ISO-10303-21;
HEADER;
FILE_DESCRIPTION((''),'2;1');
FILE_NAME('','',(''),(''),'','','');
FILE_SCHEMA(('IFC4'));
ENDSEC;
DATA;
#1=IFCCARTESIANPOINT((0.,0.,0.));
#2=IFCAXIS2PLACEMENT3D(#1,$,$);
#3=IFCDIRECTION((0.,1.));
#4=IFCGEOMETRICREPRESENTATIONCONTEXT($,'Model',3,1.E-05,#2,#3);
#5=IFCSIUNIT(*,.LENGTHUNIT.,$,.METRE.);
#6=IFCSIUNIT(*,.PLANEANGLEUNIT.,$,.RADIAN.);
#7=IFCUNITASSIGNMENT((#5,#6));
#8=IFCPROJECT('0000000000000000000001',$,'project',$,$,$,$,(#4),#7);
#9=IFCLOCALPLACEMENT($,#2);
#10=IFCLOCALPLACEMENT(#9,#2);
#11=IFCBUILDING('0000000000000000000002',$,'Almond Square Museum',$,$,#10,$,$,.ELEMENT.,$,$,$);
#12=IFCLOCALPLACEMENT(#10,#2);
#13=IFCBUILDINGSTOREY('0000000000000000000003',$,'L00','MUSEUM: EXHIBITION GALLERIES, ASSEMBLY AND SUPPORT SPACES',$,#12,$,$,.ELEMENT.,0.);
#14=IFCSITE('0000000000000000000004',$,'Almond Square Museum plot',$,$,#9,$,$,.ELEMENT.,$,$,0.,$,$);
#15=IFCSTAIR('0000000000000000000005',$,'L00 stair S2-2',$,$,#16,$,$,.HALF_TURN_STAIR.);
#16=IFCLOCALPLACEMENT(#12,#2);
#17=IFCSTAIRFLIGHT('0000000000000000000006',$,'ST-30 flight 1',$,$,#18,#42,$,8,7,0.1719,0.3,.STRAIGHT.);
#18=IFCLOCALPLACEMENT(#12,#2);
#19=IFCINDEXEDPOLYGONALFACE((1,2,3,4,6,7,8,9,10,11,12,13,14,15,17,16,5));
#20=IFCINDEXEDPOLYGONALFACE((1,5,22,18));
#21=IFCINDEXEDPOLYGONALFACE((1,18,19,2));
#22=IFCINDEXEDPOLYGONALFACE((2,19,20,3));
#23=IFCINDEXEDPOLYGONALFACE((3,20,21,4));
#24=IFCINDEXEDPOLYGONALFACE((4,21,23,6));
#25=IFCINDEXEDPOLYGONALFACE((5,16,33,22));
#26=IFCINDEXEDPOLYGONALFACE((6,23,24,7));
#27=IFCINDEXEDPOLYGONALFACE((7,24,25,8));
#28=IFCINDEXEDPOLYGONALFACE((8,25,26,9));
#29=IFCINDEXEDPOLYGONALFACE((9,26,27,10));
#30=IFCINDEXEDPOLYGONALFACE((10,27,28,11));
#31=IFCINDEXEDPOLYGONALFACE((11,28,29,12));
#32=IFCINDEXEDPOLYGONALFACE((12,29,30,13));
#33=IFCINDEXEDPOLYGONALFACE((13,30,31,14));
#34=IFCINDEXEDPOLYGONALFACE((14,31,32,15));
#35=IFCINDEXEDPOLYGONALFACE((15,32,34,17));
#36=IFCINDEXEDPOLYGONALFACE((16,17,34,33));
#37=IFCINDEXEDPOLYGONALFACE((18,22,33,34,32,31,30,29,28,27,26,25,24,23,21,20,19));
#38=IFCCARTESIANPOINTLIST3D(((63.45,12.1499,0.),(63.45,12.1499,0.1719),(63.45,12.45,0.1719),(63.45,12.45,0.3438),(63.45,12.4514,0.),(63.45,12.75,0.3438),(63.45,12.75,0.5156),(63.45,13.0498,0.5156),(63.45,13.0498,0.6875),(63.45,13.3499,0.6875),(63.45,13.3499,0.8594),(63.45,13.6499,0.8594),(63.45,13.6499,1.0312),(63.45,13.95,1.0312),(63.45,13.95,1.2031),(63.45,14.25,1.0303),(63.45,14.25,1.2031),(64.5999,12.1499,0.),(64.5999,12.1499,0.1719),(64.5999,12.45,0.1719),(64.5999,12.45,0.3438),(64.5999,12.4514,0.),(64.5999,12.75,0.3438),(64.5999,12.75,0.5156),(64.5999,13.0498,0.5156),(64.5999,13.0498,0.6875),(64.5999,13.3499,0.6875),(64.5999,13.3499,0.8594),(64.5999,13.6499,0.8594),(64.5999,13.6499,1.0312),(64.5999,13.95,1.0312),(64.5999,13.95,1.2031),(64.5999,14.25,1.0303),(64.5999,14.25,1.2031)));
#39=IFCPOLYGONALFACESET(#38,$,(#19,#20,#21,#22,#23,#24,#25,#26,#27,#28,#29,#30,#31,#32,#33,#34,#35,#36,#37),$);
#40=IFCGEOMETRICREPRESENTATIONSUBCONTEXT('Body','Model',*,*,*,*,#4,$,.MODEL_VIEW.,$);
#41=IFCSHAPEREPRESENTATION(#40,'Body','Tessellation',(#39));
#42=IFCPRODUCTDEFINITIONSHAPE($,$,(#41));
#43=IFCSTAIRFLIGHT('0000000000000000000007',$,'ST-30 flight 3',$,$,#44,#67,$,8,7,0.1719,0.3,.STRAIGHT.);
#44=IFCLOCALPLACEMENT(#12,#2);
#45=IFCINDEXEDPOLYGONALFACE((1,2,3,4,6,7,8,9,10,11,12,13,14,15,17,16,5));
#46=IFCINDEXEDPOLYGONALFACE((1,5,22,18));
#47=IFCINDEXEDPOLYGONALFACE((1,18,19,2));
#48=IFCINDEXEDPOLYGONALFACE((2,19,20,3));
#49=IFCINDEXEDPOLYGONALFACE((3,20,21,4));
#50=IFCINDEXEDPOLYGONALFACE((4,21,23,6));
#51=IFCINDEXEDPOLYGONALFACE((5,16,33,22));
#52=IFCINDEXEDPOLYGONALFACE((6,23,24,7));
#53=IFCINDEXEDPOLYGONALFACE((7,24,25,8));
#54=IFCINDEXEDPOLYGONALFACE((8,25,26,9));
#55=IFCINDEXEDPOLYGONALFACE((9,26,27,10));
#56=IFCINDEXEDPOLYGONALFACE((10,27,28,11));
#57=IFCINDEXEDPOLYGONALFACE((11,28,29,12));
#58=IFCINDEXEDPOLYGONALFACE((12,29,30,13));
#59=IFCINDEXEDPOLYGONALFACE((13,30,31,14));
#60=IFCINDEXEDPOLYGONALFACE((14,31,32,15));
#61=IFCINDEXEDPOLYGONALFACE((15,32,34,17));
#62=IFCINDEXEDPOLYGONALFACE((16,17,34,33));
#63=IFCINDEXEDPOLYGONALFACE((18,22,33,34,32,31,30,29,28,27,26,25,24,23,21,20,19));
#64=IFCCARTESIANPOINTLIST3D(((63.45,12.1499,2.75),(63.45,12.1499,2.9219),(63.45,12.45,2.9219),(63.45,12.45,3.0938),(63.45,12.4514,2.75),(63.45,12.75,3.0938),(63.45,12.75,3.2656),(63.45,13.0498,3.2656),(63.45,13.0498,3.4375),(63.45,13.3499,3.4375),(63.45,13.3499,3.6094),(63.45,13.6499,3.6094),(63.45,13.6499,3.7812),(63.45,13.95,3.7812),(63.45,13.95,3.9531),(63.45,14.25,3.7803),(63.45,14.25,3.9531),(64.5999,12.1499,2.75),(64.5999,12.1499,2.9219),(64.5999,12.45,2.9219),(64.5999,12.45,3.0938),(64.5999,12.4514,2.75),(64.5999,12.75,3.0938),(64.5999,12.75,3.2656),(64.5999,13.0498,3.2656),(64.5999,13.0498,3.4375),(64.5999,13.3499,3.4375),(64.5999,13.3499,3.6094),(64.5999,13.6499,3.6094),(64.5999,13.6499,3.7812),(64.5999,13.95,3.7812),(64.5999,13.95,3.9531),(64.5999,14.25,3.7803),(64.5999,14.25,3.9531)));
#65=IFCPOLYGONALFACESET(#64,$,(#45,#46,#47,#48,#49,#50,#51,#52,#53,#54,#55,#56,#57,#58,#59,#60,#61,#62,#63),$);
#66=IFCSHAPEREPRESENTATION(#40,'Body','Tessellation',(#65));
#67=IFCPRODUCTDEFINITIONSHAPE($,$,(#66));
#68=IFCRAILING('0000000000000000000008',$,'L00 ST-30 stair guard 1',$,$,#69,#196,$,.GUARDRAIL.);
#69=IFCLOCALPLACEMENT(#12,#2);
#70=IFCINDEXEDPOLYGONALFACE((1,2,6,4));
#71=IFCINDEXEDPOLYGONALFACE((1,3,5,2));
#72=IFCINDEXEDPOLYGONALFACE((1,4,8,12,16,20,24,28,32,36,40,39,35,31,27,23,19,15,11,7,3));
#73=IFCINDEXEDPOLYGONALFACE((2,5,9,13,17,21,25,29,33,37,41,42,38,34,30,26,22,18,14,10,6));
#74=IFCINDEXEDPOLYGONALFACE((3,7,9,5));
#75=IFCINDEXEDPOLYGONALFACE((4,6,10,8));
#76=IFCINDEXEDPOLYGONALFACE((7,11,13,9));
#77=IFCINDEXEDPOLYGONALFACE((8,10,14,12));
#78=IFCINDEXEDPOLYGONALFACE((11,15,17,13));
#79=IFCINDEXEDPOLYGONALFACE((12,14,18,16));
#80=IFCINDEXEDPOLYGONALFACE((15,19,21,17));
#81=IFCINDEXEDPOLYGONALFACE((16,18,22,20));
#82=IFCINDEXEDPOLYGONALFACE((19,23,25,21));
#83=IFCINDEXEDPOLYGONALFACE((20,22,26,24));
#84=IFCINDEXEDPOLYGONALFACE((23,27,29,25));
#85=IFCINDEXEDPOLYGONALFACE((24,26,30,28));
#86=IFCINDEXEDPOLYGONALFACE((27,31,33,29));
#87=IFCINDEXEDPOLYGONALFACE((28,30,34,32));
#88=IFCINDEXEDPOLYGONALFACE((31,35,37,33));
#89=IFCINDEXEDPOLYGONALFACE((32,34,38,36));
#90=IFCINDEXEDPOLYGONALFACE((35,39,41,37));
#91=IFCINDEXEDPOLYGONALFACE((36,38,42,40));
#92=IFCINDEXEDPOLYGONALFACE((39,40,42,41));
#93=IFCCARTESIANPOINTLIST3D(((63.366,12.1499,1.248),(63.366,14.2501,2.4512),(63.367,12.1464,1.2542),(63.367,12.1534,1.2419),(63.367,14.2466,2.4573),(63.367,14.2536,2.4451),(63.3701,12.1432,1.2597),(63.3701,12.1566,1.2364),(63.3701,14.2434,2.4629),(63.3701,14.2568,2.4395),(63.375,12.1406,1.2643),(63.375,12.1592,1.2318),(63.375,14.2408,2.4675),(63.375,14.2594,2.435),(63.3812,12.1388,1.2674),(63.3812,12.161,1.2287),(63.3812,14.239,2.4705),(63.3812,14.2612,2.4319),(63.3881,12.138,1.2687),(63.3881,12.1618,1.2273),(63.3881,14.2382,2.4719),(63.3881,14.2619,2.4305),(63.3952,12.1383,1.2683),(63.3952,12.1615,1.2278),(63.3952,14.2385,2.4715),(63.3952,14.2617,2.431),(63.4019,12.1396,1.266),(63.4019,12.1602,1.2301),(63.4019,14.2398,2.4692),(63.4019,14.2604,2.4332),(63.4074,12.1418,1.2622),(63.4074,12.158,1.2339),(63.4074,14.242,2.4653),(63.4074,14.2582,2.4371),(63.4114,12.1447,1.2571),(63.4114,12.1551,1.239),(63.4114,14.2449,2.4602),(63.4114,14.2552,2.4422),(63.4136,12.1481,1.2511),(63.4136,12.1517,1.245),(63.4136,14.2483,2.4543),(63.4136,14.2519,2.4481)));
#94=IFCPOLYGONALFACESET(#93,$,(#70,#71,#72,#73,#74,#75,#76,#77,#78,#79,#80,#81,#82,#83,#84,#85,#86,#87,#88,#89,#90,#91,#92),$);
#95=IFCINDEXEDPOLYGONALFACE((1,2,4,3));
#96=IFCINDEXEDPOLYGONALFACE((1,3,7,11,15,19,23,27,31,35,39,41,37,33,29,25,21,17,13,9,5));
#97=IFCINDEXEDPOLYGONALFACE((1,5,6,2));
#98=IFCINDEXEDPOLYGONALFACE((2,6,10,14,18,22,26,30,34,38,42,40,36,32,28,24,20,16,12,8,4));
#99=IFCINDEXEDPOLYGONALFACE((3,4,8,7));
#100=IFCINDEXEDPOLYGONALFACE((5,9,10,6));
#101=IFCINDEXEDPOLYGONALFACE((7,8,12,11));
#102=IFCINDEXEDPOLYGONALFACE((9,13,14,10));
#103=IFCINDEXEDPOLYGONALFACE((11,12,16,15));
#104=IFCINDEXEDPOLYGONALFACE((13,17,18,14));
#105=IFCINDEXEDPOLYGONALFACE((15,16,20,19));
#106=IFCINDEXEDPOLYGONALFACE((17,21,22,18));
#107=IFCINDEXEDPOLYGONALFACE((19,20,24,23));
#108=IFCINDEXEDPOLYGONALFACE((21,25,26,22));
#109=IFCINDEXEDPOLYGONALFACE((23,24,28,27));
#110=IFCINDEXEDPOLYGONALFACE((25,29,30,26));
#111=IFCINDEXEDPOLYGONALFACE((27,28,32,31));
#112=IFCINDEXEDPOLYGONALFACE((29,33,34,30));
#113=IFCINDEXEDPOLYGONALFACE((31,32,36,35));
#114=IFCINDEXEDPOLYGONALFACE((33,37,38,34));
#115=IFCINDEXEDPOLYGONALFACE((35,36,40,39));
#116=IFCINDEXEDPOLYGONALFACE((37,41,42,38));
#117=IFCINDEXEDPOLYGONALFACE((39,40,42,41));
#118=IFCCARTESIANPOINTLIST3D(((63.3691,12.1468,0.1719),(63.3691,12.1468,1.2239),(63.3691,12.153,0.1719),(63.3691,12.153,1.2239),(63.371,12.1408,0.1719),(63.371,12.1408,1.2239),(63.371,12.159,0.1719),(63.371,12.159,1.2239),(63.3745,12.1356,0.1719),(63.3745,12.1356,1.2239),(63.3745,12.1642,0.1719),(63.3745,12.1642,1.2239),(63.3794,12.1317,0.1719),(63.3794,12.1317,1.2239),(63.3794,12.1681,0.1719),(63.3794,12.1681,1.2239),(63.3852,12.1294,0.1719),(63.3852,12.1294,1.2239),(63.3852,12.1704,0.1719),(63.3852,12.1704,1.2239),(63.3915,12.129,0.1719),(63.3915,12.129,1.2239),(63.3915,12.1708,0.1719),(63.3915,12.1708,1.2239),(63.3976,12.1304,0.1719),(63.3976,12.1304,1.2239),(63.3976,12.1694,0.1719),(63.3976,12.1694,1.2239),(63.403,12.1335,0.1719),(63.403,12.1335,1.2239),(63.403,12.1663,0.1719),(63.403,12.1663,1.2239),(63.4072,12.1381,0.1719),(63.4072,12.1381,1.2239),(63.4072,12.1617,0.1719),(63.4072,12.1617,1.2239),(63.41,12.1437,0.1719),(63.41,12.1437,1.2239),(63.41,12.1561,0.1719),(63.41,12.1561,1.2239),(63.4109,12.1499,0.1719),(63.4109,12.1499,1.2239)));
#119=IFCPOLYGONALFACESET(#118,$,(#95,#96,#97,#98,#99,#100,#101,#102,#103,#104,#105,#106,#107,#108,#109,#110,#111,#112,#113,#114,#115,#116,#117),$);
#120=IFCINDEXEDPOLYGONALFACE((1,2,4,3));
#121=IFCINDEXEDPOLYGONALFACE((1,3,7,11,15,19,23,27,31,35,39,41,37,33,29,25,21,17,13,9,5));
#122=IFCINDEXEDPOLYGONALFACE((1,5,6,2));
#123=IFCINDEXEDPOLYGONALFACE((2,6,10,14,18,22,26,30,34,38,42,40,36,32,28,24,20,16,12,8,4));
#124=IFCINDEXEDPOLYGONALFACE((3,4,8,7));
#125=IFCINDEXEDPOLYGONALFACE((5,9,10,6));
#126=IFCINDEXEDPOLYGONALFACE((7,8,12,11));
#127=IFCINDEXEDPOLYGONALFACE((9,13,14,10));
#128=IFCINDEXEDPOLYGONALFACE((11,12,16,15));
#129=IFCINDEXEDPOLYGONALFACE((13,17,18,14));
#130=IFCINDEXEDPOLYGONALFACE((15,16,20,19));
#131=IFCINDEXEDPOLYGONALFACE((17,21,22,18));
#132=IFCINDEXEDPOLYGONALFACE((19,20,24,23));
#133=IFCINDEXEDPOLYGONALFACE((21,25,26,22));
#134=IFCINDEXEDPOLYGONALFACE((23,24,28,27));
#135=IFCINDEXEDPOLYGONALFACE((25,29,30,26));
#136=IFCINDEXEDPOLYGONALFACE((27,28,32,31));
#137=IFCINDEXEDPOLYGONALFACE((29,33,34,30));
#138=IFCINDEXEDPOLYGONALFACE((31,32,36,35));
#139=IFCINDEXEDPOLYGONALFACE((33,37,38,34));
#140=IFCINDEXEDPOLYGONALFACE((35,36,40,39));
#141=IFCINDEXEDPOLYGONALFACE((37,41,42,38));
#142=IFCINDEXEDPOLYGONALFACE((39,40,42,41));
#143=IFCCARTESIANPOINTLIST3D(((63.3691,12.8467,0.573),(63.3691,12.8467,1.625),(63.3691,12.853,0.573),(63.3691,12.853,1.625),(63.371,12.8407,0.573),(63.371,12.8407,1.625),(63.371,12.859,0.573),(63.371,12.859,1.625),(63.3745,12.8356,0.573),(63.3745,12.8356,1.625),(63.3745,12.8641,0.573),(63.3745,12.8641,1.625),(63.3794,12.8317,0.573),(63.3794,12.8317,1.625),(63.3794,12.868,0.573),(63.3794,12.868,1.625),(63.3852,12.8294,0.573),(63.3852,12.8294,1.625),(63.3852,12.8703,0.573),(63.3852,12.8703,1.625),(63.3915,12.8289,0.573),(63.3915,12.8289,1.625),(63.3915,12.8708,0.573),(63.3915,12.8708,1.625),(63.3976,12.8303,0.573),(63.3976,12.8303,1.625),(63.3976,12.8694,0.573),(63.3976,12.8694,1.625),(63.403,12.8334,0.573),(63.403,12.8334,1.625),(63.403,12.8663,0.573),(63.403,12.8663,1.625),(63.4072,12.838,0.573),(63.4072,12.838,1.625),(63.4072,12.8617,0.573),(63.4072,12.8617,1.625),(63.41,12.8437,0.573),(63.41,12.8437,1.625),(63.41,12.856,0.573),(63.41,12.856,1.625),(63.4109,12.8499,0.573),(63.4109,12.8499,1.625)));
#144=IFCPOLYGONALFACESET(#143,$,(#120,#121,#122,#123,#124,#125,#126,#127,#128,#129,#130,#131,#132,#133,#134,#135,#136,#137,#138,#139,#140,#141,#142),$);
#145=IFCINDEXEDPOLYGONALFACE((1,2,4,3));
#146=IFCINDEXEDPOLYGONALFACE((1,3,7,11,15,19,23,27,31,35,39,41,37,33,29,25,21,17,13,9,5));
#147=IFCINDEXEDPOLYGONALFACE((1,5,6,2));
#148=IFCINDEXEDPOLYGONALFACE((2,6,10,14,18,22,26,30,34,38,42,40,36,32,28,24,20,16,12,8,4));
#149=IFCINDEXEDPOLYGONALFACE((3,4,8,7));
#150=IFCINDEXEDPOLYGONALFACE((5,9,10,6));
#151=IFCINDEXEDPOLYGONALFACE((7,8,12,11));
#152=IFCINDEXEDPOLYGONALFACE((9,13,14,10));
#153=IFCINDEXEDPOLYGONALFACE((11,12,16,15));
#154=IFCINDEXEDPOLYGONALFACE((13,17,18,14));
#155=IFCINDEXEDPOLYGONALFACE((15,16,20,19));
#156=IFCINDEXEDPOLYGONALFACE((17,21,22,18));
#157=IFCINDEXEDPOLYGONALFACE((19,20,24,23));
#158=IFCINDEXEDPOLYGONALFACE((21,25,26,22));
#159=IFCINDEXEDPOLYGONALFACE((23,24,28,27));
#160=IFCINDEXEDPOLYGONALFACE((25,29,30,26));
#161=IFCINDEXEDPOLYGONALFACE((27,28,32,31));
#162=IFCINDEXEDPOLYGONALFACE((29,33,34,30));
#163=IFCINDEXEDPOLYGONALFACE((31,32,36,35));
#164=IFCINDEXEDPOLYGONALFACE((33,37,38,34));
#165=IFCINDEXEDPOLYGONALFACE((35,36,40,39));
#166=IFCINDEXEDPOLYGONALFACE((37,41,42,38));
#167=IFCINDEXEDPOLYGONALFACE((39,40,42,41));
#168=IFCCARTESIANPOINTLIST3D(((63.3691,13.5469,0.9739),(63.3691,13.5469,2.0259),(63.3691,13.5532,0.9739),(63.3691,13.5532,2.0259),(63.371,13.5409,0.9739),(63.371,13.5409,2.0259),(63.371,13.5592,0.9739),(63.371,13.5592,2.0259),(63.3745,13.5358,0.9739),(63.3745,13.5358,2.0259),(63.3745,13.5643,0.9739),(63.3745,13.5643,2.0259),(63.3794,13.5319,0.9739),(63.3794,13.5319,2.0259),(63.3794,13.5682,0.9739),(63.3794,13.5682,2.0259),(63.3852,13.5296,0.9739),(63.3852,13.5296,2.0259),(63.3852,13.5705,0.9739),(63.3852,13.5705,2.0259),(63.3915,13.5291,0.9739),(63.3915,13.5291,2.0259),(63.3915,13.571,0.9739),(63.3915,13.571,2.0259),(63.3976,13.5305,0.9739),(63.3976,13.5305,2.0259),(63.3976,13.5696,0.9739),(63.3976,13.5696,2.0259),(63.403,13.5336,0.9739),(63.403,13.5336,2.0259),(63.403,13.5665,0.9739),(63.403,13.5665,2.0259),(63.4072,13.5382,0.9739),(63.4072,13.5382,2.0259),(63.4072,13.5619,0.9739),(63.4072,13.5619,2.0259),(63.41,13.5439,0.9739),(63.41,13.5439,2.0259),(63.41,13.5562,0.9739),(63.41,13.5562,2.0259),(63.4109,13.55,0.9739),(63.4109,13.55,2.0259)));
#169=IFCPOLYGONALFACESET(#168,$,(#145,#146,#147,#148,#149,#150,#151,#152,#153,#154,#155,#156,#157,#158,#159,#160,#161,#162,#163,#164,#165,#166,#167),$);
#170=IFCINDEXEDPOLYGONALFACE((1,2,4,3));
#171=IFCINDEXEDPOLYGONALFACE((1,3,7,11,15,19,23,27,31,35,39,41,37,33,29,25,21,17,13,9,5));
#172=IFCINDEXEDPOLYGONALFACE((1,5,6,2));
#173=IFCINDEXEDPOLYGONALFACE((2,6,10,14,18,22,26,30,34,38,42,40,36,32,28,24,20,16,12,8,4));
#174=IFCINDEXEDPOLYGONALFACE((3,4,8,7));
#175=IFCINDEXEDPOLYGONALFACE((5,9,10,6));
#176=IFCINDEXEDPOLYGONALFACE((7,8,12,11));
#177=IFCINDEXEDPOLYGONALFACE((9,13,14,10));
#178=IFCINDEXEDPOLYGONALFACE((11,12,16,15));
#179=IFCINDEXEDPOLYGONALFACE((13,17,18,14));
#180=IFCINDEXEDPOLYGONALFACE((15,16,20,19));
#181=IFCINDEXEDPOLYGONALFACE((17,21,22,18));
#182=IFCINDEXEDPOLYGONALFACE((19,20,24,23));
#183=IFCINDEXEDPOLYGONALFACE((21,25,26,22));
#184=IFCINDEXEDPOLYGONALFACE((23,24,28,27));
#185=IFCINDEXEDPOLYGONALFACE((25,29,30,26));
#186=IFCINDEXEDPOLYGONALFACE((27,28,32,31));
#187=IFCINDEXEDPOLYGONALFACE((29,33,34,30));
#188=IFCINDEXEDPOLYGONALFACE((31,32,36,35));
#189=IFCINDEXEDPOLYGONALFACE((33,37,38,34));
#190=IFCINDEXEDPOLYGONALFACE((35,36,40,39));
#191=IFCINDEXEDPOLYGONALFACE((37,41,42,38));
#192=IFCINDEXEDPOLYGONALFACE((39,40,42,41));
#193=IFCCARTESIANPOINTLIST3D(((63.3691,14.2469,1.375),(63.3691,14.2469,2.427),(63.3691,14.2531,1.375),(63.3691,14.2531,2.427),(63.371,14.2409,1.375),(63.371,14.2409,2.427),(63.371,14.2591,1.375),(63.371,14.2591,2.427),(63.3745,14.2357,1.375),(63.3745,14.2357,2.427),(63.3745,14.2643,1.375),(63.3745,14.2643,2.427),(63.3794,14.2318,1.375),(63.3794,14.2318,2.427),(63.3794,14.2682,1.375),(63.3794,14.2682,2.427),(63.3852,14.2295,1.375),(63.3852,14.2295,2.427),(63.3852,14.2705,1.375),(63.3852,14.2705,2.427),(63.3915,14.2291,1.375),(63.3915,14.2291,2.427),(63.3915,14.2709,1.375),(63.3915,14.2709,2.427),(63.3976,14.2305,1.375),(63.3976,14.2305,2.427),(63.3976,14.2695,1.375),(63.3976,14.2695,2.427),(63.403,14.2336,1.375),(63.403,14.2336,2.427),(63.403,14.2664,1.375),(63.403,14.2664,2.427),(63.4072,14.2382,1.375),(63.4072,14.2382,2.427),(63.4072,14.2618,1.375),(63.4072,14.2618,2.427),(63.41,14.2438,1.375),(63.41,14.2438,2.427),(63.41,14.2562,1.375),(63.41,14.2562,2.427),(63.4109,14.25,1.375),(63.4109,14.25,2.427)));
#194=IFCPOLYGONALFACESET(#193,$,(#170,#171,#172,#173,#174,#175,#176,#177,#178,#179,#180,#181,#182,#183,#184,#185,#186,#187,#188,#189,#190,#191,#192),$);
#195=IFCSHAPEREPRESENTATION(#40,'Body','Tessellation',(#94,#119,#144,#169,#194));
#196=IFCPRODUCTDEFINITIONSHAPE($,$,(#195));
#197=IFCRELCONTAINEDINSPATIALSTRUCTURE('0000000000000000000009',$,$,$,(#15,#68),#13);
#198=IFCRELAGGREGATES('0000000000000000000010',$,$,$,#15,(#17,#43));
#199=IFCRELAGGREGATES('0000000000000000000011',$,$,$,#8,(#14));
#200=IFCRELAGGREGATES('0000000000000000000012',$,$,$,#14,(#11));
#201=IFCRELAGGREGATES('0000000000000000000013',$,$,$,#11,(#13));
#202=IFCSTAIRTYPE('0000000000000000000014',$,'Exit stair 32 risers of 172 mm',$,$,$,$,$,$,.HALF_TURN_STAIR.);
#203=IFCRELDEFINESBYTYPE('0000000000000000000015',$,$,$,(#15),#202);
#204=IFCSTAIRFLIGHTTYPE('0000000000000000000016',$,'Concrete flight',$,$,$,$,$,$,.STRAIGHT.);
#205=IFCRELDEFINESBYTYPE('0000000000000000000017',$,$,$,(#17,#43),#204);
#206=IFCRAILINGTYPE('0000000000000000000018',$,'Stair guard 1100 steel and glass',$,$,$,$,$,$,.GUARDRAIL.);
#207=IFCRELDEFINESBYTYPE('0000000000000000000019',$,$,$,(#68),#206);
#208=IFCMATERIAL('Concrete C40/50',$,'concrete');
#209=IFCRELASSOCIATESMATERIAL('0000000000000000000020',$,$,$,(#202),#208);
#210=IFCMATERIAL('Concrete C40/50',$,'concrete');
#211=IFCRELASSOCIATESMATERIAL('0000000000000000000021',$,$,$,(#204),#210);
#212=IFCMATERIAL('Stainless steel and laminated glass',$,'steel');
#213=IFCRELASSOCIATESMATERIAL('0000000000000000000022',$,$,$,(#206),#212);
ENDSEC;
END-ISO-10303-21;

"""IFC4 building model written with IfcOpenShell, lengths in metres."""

from ifc_helpers import new_model, si_unit, direction, frame, origin, origin_2d, place, context, subcontext, project, spatial, polyline, circle, outline, extrude, material, type_object, element, aggregate, save


model = new_model("IFC4")

# Units and contexts
model_context = context("Model", 3, precision=1e-05, world=origin(), true_north=direction((0.0, 1.0)))
body_context = subcontext(model_context, "Body", "Model", "MODEL_VIEW")
ifc_project = project(units=[si_unit("LENGTHUNIT", "METRE"), si_unit("PLANEANGLEUNIT", "RADIAN")], contexts=[model_context])

# Site, building, storey
site_placement = place(None, origin())
site = spatial("IfcSite", under=ifc_project, at=site_placement, Name="Almond Square Museum plot", CompositionType="ELEMENT", RefElevation=0.0)
building_placement = place(site_placement, origin())
building = spatial("IfcBuilding", under=site, at=building_placement, Name="Almond Square Museum", CompositionType="ELEMENT")
storey_placement = place(building_placement, origin())
storey = spatial("IfcBuildingStorey", under=building, at=storey_placement, Name="L00", Description="MUSEUM: EXHIBITION GALLERIES, ASSEMBLY AND SUPPORT SPACES", CompositionType="ELEMENT", Elevation=0.0)

# Stair, stair flights
ifc_material_1 = material(Name="Concrete C40/50", Category="concrete")
stair_type = type_object("IfcStairType", Name="Exit stair 32 risers of 172 mm", PredefinedType="HALF_TURN_STAIR", material=ifc_material_1)
stair_placement = place(storey_placement, origin())
stair = element("IfcStair", 1, at=stair_placement, inside=storey, type_object=stair_type, Name="L00 stair S2-2", PredefinedType="HALF_TURN_STAIR")
ifc_material_2 = material(Name="Concrete C40/50", Category="concrete")
stair_flight_type = type_object("IfcStairFlightType", Name="Concrete flight", PredefinedType="STRAIGHT", material=ifc_material_2)
stair_flight_1_placement = place(storey_placement, frame((64.0249, 12.1499, 0.0), z_axis=(0.0, 0.0, 1.0), x_axis=(0.0, 1.0, 0.0)))
stair_flight_1 = element("IfcStairFlight", 2, at=stair_flight_1_placement, type_object=stair_flight_type, Name="ST-30 flight 1", NumberOfRisers=8, NumberOfTreads=7, PredefinedType="STRAIGHT", RiserHeight=0.1719, TreadLength=0.3, context=body_context, shape_type="SweptSolid", body=[
    extrude(outline(polyline([(0.0, 0.0), (0.0, 0.1719), (0.3, 0.1719), (0.3, 0.3438), (0.6001, 0.3438), (0.6001, 0.5156), (0.8999, 0.5156), (0.8999, 0.6875), (1.2, 0.6875), (1.2, 0.8594), (1.5, 0.8594), (1.5, 1.0312), (1.8, 1.0312), (1.8, 1.2031), (2.1001, 1.2031), (2.1001, 1.375), (2.1001, 1.0303), (0.3015, 0.0), (0.0, 0.0)])), frame((0.0, 0.575, 0.0), z_axis=(0.0, -1.0, 0.0), x_axis=(1.0, 0.0, 0.0)), (0.0, 0.0, 1.0), 1.1499),
])
stair_flight_2_placement = place(storey_placement, frame((64.0249, 12.1499, 2.75), z_axis=(0.0, 0.0, 1.0), x_axis=(0.0, 1.0, 0.0)))
stair_flight_2 = element("IfcStairFlight", 3, at=stair_flight_2_placement, type_object=stair_flight_type, Name="ST-30 flight 3", NumberOfRisers=8, NumberOfTreads=7, PredefinedType="STRAIGHT", RiserHeight=0.1719, TreadLength=0.3, context=body_context, shape_type="SweptSolid", body=[
    extrude(outline(polyline([(0.0, 0.0), (0.0, 0.1719), (0.3, 0.1719), (0.3, 0.3438), (0.6001, 0.3438), (0.6001, 0.5156), (0.8999, 0.5156), (0.8999, 0.6875), (1.2, 0.6875), (1.2, 0.8594), (1.5, 0.8594), (1.5, 1.0312), (1.8, 1.0312), (1.8, 1.2031), (2.1001, 1.2031), (2.1001, 1.375), (2.1001, 1.0303), (0.3015, 0.0), (0.0, 0.0)])), frame((0.0, 0.575, 0.0), z_axis=(0.0, -1.0, 0.0), x_axis=(1.0, 0.0, 0.0)), (0.0, 0.0, 1.0), 1.1499),
])
aggregate(stair, [stair_flight_1, stair_flight_2])

# Railing
ifc_material_3 = material(Name="Stainless steel and laminated glass", Category="steel")
railing_type = type_object("IfcRailingType", Name="Stair guard 1100 steel and glass", PredefinedType="GUARDRAIL", material=ifc_material_3)
railing_1_placement = place(storey_placement, frame((63.3899, 12.1499, 0.1719)))
element("IfcRailing", 4, at=railing_1_placement, inside=storey, type_object=railing_type, Name="L00 ST-30 stair guard 1", PredefinedType="GUARDRAIL", context=body_context, shape_type="SweptSolid", body=[
    extrude(circle(Radius=0.0239, at=origin_2d()), frame((0.0, 0.0, 1.0762), z_axis=(0.0, 0.867696, 0.497095), x_axis=(-1.0, 0.0, 0.0)), (0.0, 0.0, 1.0), 2.4204),
    extrude(circle(Radius=0.021, at=origin_2d()), origin(), (0.0, 0.0, 1.0), 1.052),
    extrude(circle(Radius=0.021, at=origin_2d()), frame((0.0, 0.7, 0.4011)), (0.0, 0.0, 1.0), 1.052),
    extrude(circle(Radius=0.021, at=origin_2d()), frame((0.0, 1.4001, 0.802)), (0.0, 0.0, 1.0), 1.052),
    extrude(circle(Radius=0.021, at=origin_2d()), frame((0.0, 2.1001, 1.2031)), (0.0, 0.0, 1.0), 1.052),
])

save(model, "model.ifc")
